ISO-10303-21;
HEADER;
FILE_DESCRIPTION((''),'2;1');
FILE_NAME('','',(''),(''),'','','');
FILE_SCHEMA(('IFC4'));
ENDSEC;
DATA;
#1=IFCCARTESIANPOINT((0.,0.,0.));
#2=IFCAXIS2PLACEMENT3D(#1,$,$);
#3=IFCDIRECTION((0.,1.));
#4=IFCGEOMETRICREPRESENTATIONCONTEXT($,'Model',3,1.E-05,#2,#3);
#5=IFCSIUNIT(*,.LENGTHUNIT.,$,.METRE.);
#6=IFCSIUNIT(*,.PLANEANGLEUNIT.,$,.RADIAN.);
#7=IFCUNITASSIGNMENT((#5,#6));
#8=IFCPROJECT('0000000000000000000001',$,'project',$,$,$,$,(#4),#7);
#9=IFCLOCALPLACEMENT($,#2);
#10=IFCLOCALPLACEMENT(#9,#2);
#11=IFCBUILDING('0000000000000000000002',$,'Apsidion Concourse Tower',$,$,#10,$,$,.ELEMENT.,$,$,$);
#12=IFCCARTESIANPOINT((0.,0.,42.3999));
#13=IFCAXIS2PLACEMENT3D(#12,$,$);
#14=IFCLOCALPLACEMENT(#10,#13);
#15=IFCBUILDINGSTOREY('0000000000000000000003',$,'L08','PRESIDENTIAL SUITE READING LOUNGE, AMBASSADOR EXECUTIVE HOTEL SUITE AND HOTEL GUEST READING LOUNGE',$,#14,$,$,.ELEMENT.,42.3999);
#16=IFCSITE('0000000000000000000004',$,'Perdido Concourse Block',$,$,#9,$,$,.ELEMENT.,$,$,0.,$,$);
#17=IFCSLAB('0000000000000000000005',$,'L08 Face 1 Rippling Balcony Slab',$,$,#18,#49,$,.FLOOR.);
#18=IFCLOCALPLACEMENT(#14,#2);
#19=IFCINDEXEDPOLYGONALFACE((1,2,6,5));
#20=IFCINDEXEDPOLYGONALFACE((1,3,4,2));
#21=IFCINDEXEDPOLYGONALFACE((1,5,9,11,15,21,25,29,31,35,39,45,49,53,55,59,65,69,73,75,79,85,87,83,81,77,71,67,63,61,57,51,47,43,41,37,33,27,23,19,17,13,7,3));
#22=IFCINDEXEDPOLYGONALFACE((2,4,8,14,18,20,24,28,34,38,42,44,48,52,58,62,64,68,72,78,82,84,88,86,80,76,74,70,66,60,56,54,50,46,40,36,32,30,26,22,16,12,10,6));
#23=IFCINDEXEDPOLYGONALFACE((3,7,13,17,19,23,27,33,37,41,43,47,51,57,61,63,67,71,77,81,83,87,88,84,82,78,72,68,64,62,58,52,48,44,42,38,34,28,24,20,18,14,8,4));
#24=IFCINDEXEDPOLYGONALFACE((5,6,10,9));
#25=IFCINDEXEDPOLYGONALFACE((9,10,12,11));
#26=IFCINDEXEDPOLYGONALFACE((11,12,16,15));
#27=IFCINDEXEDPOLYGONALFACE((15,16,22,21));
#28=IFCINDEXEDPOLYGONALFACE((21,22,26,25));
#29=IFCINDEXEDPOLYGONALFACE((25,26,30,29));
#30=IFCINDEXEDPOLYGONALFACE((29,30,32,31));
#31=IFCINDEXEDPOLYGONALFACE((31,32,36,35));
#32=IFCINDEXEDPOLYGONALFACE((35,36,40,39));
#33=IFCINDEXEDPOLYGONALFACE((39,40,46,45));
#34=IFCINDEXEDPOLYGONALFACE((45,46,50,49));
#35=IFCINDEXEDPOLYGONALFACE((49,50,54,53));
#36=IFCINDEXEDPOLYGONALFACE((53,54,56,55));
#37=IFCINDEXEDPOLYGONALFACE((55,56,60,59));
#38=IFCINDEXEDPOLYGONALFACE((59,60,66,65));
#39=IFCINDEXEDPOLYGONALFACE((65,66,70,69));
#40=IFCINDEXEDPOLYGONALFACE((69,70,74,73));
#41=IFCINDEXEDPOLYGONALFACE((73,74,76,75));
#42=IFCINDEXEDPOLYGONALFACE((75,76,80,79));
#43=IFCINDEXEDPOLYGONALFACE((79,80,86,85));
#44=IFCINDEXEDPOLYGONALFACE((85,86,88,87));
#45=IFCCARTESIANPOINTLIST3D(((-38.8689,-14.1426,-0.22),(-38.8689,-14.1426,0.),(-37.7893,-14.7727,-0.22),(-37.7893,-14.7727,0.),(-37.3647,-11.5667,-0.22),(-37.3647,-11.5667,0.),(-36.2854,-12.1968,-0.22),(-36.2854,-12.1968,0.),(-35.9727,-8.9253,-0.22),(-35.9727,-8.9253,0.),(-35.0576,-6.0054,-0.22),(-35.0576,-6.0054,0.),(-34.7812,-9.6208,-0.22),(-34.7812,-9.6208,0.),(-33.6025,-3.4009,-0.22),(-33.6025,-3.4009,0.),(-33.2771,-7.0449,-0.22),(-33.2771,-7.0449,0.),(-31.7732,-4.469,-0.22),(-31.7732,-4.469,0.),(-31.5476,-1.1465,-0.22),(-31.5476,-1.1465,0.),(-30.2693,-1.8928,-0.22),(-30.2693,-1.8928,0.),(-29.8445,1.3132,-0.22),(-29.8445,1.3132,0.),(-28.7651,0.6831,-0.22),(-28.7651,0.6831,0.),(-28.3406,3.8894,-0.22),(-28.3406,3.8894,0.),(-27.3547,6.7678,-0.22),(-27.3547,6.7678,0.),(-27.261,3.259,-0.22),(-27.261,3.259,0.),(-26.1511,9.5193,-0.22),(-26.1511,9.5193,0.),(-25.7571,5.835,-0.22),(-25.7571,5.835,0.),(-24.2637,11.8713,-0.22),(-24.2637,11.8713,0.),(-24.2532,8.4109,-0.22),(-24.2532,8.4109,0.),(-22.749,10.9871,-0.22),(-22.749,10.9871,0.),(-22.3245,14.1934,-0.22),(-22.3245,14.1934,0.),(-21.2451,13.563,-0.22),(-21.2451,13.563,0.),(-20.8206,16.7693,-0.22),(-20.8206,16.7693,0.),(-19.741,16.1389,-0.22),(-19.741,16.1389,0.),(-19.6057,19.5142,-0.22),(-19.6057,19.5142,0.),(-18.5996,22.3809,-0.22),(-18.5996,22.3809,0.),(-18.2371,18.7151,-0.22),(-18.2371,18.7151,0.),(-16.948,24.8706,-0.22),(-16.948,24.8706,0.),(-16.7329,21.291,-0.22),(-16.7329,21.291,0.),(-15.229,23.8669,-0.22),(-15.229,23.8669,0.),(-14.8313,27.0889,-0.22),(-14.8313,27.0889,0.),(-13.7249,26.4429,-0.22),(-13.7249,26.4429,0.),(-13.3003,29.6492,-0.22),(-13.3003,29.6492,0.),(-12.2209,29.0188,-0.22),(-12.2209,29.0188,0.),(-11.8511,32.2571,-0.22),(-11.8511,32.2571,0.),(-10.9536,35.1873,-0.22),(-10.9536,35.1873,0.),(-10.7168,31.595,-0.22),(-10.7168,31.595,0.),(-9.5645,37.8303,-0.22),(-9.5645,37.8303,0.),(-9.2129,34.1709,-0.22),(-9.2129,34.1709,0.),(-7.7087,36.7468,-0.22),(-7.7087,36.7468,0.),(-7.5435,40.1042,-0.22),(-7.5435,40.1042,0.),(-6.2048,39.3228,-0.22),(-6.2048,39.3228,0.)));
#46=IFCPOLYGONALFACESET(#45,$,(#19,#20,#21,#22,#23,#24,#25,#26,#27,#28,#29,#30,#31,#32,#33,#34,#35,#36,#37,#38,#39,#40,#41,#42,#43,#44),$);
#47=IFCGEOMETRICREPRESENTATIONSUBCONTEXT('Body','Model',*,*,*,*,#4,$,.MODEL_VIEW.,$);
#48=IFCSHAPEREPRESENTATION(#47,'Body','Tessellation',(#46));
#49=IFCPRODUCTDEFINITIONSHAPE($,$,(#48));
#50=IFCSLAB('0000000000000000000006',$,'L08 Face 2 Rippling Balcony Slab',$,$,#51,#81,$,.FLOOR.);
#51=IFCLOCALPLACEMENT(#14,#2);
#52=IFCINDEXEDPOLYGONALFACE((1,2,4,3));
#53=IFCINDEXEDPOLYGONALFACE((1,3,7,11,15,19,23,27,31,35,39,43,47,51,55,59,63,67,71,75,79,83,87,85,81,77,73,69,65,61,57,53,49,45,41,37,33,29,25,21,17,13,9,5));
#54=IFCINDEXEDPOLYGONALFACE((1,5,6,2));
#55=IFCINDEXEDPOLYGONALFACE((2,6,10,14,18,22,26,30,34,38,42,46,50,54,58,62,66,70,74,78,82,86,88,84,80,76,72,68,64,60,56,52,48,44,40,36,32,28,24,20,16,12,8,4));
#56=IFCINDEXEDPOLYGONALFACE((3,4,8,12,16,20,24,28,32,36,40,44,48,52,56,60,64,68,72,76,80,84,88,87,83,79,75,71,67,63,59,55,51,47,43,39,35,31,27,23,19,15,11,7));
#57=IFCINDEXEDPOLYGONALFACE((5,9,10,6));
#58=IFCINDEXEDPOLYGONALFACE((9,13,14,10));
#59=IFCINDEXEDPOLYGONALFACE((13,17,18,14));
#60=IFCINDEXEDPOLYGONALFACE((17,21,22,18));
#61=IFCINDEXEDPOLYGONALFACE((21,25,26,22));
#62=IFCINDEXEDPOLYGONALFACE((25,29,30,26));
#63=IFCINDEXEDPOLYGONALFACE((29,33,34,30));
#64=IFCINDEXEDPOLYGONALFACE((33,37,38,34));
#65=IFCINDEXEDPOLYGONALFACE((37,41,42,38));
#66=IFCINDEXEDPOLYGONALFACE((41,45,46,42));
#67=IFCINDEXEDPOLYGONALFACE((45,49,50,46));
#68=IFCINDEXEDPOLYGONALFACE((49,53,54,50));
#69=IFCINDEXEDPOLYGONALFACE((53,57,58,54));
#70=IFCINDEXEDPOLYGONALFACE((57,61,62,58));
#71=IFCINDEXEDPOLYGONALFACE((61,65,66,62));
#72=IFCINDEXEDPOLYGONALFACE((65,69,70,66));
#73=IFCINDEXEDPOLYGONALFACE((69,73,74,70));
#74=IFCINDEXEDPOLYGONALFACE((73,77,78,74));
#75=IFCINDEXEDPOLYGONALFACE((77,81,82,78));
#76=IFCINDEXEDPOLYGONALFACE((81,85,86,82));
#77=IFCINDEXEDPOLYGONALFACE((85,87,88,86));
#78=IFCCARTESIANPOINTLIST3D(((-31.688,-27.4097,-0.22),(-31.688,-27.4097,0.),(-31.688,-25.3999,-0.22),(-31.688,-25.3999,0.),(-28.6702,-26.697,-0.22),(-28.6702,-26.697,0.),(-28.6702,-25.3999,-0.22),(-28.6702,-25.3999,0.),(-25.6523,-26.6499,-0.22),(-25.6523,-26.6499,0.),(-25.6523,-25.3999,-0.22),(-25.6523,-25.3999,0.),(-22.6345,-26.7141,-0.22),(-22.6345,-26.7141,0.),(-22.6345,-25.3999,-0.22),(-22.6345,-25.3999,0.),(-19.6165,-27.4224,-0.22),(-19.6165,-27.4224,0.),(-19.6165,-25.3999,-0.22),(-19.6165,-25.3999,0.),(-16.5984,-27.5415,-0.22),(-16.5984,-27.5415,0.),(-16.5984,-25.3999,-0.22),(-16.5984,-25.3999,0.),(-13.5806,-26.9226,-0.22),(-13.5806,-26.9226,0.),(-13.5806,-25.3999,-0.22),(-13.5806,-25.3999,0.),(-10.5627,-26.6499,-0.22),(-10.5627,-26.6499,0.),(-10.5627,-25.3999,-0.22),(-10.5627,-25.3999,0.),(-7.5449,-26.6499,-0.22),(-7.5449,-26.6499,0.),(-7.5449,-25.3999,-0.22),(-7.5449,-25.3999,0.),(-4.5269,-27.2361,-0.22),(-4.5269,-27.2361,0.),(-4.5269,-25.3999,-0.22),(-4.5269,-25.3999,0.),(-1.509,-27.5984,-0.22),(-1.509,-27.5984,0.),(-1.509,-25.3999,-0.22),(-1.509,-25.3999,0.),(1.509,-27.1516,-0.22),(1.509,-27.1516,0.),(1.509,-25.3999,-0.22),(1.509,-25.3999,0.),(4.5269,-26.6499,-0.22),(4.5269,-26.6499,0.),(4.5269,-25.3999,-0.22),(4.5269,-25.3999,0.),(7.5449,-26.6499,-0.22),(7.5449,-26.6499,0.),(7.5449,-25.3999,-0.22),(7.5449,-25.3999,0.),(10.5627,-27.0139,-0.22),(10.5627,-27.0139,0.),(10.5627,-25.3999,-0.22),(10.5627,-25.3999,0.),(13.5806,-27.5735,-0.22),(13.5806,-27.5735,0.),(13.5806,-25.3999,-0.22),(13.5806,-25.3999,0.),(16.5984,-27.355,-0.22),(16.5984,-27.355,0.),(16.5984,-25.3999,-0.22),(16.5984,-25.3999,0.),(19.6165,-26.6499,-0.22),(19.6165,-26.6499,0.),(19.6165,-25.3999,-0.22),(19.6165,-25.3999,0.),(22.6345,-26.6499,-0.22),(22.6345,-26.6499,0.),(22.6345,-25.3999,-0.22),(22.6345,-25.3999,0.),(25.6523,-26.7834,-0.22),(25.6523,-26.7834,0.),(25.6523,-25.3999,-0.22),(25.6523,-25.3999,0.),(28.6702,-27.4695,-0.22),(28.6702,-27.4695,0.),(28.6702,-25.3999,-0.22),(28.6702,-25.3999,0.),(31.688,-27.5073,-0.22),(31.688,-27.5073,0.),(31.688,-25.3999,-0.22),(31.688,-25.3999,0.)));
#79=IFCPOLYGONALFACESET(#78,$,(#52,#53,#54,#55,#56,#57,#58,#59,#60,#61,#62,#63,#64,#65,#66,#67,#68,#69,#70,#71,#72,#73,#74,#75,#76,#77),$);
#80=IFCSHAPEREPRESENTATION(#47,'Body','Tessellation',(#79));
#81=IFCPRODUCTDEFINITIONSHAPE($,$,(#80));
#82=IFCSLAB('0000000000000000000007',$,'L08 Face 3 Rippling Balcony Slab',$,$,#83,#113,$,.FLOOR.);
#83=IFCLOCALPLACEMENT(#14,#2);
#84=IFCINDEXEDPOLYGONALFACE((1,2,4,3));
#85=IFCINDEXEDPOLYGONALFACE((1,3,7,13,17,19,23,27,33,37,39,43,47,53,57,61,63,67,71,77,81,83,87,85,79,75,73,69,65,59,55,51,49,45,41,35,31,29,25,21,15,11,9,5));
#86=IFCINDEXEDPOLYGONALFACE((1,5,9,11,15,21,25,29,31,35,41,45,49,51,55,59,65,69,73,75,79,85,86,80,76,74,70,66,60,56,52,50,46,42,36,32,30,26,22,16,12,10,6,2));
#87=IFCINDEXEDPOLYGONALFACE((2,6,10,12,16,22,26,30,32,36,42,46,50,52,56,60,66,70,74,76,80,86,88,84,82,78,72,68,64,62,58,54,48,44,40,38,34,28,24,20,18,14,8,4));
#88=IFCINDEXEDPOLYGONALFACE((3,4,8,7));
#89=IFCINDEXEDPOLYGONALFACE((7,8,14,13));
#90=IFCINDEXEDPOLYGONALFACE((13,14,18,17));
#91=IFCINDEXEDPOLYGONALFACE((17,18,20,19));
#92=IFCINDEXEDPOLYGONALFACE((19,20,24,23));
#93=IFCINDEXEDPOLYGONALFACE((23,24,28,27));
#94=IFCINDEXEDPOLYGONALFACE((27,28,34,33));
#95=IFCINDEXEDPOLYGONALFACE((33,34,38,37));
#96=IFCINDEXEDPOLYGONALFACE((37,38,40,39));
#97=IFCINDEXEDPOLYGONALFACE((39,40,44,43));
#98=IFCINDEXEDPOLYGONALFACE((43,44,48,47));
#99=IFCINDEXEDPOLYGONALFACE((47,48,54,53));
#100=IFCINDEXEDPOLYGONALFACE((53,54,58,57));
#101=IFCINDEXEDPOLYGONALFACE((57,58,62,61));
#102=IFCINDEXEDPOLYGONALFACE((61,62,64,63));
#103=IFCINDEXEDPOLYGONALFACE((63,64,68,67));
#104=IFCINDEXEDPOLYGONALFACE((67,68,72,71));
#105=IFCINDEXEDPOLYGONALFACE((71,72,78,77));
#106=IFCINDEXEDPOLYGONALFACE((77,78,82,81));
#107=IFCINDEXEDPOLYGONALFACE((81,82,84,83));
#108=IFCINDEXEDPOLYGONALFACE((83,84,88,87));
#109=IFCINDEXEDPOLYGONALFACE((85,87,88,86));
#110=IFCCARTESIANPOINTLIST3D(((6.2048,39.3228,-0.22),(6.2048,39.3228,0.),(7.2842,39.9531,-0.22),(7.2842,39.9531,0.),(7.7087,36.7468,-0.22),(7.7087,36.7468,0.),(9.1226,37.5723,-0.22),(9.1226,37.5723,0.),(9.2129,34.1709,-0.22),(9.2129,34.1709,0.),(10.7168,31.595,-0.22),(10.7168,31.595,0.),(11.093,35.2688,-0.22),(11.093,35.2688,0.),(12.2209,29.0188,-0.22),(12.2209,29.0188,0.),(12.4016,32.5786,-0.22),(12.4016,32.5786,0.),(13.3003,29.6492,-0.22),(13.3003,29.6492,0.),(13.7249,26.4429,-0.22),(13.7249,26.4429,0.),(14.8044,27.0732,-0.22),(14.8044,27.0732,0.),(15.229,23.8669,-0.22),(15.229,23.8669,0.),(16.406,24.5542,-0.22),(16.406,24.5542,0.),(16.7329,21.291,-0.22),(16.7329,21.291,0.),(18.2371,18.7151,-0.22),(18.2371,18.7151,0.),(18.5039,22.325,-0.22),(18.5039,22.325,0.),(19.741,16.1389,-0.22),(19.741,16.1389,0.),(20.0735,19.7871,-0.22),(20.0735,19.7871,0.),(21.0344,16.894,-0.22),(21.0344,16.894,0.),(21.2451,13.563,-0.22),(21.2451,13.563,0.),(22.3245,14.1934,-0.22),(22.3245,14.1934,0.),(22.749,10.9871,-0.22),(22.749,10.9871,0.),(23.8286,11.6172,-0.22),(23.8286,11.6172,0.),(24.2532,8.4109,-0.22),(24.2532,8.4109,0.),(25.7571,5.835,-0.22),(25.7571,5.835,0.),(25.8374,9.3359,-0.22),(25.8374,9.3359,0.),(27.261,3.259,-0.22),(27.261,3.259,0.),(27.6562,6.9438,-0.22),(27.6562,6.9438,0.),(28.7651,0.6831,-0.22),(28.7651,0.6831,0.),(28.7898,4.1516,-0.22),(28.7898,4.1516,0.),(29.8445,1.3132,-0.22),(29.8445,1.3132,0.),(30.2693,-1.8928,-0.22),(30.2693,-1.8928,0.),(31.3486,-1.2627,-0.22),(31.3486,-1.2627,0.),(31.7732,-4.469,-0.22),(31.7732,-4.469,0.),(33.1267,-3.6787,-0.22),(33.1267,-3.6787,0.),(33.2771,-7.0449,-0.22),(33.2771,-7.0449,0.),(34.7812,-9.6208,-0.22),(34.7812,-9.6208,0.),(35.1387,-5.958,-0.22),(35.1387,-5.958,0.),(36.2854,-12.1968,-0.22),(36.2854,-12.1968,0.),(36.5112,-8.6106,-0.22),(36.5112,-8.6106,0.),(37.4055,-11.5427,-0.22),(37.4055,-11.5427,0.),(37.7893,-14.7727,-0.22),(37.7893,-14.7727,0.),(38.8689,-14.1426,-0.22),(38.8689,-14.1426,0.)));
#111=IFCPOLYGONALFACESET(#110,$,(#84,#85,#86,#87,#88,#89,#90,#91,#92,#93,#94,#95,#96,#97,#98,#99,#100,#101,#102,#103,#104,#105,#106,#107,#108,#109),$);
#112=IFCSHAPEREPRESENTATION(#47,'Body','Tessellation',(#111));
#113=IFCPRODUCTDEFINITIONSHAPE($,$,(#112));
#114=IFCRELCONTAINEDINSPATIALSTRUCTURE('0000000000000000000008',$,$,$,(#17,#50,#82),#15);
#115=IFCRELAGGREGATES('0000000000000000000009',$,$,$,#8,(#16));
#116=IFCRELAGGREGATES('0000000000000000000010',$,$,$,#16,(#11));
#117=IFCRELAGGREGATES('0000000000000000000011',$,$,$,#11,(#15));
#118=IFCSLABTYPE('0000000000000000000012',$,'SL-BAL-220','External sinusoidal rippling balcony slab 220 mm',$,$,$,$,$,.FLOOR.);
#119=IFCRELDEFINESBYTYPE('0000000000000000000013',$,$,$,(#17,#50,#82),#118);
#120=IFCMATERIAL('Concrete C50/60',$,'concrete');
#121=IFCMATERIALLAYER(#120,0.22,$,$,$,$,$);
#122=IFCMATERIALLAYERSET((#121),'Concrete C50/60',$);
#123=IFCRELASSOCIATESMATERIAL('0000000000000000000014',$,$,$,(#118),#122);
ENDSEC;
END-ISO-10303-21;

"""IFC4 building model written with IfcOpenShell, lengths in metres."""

from ifc_helpers import new_model, si_unit, direction, frame, origin, place, context, subcontext, project, spatial, polyline, outline, extrude, material, layer, layer_set, type_object, element, save


model = new_model("IFC4")

# Units and contexts
model_context = context("Model", 3, precision=1e-05, world=origin(), true_north=direction((0.0, 1.0)))
body_context = subcontext(model_context, "Body", "Model", "MODEL_VIEW")
ifc_project = project(units=[si_unit("LENGTHUNIT", "METRE"), si_unit("PLANEANGLEUNIT", "RADIAN")], contexts=[model_context])

# Site, building, storey
site_placement = place(None, origin())
site = spatial("IfcSite", under=ifc_project, at=site_placement, Name="Perdido Concourse Block", CompositionType="ELEMENT", RefElevation=0.0)
building_placement = place(site_placement, origin())
building = spatial("IfcBuilding", under=site, at=building_placement, Name="Apsidion Concourse Tower", CompositionType="ELEMENT")
storey_placement = place(building_placement, frame((0.0, 0.0, 42.3999)))
storey = spatial("IfcBuildingStorey", under=building, at=storey_placement, Name="L08", Description="PRESIDENTIAL SUITE READING LOUNGE, AMBASSADOR EXECUTIVE HOTEL SUITE AND HOTEL GUEST READING LOUNGE", CompositionType="ELEMENT", Elevation=42.3999)

# Slabs
ifc_material_1 = material(Name="Concrete C50/60", Category="concrete")
ifc_layer_1 = layer(ifc_material_1, 0.22)
ifc_layer_set_1 = layer_set([ifc_layer_1], Name="Concrete C50/60")
slab_type_1 = type_object("IfcSlabType", Name="SL-BAL-220", Description="External sinusoidal rippling balcony slab 220 mm", PredefinedType="FLOOR", material=ifc_layer_set_1)
slab_1_placement = place(storey_placement, frame((0.0, 0.0, -0.22)))
element("IfcSlab", 1, at=slab_1_placement, inside=storey, type_object=slab_type_1, Name="L08 Face 1 Rippling Balcony Slab", PredefinedType="FLOOR", context=body_context, shape_type="SweptSolid", body=[
    extrude(outline(polyline([(-6.2048, 39.3228), (-7.7087, 36.7468), (-9.2129, 34.1709), (-10.7168, 31.595), (-12.2209, 29.0188), (-13.7249, 26.4429), (-15.229, 23.8669), (-16.7329, 21.291), (-18.2371, 18.7151), (-19.741, 16.1389), (-21.2451, 13.563), (-22.749, 10.9871), (-24.2532, 8.4109), (-25.7571, 5.835), (-27.261, 3.259), (-28.7651, 0.6831), (-30.2693, -1.8928), (-31.7732, -4.469), (-33.2771, -7.0449), (-34.7812, -9.6208), (-36.2854, -12.1968), (-37.7893, -14.7727), (-38.8689, -14.1426), (-37.3647, -11.5667), (-35.9727, -8.9253), (-35.0576, -6.0054), (-33.6025, -3.4009), (-31.5476, -1.1465), (-29.8445, 1.3132), (-28.3406, 3.8894), (-27.3547, 6.7678), (-26.1511, 9.5193), (-24.2637, 11.8713), (-22.3245, 14.1934), (-20.8206, 16.7693), (-19.6057, 19.5142), (-18.5996, 22.3809), (-16.948, 24.8706), (-14.8313, 27.0889), (-13.3003, 29.6492), (-11.8511, 32.2571), (-10.9536, 35.1873), (-9.5645, 37.8303), (-7.5435, 40.1042), (-6.2048, 39.3228)])), origin(), (0.0, 0.0, 1.0), 0.22),
])
slab_2_placement = place(storey_placement, frame((0.0, 0.0, -0.22)))
element("IfcSlab", 2, at=slab_2_placement, inside=storey, type_object=slab_type_1, Name="L08 Face 2 Rippling Balcony Slab", PredefinedType="FLOOR", context=body_context, shape_type="SweptSolid", body=[
    extrude(outline(polyline([(-31.688, -25.3999), (-28.6702, -25.3999), (-25.6523, -25.3999), (-22.6345, -25.3999), (-19.6165, -25.3999), (-16.5984, -25.3999), (-13.5806, -25.3999), (-10.5627, -25.3999), (-7.5449, -25.3999), (-4.5269, -25.3999), (-1.509, -25.3999), (1.509, -25.3999), (4.5269, -25.3999), (7.5449, -25.3999), (10.5627, -25.3999), (13.5806, -25.3999), (16.5984, -25.3999), (19.6165, -25.3999), (22.6345, -25.3999), (25.6523, -25.3999), (28.6702, -25.3999), (31.688, -25.3999), (31.688, -27.5073), (28.6702, -27.4695), (25.6523, -26.7834), (22.6345, -26.6499), (19.6165, -26.6499), (16.5984, -27.355), (13.5806, -27.5735), (10.5627, -27.0139), (7.5449, -26.6499), (4.5269, -26.6499), (1.509, -27.1516), (-1.509, -27.5984), (-4.5269, -27.2361), (-7.5449, -26.6499), (-10.5627, -26.6499), (-13.5806, -26.9226), (-16.5984, -27.5415), (-19.6165, -27.4224), (-22.6345, -26.7141), (-25.6523, -26.6499), (-28.6702, -26.697), (-31.688, -27.4097), (-31.688, -25.3999)])), origin(), (0.0, 0.0, 1.0), 0.22),
])
slab_3_placement = place(storey_placement, frame((0.0, 0.0, -0.22)))
element("IfcSlab", 3, at=slab_3_placement, inside=storey, type_object=slab_type_1, Name="L08 Face 3 Rippling Balcony Slab", PredefinedType="FLOOR", context=body_context, shape_type="SweptSolid", body=[
    extrude(outline(polyline([(37.7893, -14.7727), (36.2854, -12.1968), (34.7812, -9.6208), (33.2771, -7.0449), (31.7732, -4.469), (30.2693, -1.8928), (28.7651, 0.6831), (27.261, 3.259), (25.7571, 5.835), (24.2532, 8.4109), (22.749, 10.9871), (21.2451, 13.563), (19.741, 16.1389), (18.2371, 18.7151), (16.7329, 21.291), (15.229, 23.8669), (13.7249, 26.4429), (12.2209, 29.0188), (10.7168, 31.595), (9.2129, 34.1709), (7.7087, 36.7468), (6.2048, 39.3228), (7.2842, 39.9531), (9.1226, 37.5723), (11.093, 35.2688), (12.4016, 32.5786), (13.3003, 29.6492), (14.8044, 27.0732), (16.406, 24.5542), (18.5039, 22.325), (20.0735, 19.7871), (21.0344, 16.894), (22.3245, 14.1934), (23.8286, 11.6172), (25.8374, 9.3359), (27.6562, 6.9438), (28.7898, 4.1516), (29.8445, 1.3132), (31.3486, -1.2627), (33.1267, -3.6787), (35.1387, -5.958), (36.5112, -8.6106), (37.4055, -11.5427), (38.8689, -14.1426), (37.7893, -14.7727)])), origin(), (0.0, 0.0, 1.0), 0.22),
])

save(model, "model.ifc")
